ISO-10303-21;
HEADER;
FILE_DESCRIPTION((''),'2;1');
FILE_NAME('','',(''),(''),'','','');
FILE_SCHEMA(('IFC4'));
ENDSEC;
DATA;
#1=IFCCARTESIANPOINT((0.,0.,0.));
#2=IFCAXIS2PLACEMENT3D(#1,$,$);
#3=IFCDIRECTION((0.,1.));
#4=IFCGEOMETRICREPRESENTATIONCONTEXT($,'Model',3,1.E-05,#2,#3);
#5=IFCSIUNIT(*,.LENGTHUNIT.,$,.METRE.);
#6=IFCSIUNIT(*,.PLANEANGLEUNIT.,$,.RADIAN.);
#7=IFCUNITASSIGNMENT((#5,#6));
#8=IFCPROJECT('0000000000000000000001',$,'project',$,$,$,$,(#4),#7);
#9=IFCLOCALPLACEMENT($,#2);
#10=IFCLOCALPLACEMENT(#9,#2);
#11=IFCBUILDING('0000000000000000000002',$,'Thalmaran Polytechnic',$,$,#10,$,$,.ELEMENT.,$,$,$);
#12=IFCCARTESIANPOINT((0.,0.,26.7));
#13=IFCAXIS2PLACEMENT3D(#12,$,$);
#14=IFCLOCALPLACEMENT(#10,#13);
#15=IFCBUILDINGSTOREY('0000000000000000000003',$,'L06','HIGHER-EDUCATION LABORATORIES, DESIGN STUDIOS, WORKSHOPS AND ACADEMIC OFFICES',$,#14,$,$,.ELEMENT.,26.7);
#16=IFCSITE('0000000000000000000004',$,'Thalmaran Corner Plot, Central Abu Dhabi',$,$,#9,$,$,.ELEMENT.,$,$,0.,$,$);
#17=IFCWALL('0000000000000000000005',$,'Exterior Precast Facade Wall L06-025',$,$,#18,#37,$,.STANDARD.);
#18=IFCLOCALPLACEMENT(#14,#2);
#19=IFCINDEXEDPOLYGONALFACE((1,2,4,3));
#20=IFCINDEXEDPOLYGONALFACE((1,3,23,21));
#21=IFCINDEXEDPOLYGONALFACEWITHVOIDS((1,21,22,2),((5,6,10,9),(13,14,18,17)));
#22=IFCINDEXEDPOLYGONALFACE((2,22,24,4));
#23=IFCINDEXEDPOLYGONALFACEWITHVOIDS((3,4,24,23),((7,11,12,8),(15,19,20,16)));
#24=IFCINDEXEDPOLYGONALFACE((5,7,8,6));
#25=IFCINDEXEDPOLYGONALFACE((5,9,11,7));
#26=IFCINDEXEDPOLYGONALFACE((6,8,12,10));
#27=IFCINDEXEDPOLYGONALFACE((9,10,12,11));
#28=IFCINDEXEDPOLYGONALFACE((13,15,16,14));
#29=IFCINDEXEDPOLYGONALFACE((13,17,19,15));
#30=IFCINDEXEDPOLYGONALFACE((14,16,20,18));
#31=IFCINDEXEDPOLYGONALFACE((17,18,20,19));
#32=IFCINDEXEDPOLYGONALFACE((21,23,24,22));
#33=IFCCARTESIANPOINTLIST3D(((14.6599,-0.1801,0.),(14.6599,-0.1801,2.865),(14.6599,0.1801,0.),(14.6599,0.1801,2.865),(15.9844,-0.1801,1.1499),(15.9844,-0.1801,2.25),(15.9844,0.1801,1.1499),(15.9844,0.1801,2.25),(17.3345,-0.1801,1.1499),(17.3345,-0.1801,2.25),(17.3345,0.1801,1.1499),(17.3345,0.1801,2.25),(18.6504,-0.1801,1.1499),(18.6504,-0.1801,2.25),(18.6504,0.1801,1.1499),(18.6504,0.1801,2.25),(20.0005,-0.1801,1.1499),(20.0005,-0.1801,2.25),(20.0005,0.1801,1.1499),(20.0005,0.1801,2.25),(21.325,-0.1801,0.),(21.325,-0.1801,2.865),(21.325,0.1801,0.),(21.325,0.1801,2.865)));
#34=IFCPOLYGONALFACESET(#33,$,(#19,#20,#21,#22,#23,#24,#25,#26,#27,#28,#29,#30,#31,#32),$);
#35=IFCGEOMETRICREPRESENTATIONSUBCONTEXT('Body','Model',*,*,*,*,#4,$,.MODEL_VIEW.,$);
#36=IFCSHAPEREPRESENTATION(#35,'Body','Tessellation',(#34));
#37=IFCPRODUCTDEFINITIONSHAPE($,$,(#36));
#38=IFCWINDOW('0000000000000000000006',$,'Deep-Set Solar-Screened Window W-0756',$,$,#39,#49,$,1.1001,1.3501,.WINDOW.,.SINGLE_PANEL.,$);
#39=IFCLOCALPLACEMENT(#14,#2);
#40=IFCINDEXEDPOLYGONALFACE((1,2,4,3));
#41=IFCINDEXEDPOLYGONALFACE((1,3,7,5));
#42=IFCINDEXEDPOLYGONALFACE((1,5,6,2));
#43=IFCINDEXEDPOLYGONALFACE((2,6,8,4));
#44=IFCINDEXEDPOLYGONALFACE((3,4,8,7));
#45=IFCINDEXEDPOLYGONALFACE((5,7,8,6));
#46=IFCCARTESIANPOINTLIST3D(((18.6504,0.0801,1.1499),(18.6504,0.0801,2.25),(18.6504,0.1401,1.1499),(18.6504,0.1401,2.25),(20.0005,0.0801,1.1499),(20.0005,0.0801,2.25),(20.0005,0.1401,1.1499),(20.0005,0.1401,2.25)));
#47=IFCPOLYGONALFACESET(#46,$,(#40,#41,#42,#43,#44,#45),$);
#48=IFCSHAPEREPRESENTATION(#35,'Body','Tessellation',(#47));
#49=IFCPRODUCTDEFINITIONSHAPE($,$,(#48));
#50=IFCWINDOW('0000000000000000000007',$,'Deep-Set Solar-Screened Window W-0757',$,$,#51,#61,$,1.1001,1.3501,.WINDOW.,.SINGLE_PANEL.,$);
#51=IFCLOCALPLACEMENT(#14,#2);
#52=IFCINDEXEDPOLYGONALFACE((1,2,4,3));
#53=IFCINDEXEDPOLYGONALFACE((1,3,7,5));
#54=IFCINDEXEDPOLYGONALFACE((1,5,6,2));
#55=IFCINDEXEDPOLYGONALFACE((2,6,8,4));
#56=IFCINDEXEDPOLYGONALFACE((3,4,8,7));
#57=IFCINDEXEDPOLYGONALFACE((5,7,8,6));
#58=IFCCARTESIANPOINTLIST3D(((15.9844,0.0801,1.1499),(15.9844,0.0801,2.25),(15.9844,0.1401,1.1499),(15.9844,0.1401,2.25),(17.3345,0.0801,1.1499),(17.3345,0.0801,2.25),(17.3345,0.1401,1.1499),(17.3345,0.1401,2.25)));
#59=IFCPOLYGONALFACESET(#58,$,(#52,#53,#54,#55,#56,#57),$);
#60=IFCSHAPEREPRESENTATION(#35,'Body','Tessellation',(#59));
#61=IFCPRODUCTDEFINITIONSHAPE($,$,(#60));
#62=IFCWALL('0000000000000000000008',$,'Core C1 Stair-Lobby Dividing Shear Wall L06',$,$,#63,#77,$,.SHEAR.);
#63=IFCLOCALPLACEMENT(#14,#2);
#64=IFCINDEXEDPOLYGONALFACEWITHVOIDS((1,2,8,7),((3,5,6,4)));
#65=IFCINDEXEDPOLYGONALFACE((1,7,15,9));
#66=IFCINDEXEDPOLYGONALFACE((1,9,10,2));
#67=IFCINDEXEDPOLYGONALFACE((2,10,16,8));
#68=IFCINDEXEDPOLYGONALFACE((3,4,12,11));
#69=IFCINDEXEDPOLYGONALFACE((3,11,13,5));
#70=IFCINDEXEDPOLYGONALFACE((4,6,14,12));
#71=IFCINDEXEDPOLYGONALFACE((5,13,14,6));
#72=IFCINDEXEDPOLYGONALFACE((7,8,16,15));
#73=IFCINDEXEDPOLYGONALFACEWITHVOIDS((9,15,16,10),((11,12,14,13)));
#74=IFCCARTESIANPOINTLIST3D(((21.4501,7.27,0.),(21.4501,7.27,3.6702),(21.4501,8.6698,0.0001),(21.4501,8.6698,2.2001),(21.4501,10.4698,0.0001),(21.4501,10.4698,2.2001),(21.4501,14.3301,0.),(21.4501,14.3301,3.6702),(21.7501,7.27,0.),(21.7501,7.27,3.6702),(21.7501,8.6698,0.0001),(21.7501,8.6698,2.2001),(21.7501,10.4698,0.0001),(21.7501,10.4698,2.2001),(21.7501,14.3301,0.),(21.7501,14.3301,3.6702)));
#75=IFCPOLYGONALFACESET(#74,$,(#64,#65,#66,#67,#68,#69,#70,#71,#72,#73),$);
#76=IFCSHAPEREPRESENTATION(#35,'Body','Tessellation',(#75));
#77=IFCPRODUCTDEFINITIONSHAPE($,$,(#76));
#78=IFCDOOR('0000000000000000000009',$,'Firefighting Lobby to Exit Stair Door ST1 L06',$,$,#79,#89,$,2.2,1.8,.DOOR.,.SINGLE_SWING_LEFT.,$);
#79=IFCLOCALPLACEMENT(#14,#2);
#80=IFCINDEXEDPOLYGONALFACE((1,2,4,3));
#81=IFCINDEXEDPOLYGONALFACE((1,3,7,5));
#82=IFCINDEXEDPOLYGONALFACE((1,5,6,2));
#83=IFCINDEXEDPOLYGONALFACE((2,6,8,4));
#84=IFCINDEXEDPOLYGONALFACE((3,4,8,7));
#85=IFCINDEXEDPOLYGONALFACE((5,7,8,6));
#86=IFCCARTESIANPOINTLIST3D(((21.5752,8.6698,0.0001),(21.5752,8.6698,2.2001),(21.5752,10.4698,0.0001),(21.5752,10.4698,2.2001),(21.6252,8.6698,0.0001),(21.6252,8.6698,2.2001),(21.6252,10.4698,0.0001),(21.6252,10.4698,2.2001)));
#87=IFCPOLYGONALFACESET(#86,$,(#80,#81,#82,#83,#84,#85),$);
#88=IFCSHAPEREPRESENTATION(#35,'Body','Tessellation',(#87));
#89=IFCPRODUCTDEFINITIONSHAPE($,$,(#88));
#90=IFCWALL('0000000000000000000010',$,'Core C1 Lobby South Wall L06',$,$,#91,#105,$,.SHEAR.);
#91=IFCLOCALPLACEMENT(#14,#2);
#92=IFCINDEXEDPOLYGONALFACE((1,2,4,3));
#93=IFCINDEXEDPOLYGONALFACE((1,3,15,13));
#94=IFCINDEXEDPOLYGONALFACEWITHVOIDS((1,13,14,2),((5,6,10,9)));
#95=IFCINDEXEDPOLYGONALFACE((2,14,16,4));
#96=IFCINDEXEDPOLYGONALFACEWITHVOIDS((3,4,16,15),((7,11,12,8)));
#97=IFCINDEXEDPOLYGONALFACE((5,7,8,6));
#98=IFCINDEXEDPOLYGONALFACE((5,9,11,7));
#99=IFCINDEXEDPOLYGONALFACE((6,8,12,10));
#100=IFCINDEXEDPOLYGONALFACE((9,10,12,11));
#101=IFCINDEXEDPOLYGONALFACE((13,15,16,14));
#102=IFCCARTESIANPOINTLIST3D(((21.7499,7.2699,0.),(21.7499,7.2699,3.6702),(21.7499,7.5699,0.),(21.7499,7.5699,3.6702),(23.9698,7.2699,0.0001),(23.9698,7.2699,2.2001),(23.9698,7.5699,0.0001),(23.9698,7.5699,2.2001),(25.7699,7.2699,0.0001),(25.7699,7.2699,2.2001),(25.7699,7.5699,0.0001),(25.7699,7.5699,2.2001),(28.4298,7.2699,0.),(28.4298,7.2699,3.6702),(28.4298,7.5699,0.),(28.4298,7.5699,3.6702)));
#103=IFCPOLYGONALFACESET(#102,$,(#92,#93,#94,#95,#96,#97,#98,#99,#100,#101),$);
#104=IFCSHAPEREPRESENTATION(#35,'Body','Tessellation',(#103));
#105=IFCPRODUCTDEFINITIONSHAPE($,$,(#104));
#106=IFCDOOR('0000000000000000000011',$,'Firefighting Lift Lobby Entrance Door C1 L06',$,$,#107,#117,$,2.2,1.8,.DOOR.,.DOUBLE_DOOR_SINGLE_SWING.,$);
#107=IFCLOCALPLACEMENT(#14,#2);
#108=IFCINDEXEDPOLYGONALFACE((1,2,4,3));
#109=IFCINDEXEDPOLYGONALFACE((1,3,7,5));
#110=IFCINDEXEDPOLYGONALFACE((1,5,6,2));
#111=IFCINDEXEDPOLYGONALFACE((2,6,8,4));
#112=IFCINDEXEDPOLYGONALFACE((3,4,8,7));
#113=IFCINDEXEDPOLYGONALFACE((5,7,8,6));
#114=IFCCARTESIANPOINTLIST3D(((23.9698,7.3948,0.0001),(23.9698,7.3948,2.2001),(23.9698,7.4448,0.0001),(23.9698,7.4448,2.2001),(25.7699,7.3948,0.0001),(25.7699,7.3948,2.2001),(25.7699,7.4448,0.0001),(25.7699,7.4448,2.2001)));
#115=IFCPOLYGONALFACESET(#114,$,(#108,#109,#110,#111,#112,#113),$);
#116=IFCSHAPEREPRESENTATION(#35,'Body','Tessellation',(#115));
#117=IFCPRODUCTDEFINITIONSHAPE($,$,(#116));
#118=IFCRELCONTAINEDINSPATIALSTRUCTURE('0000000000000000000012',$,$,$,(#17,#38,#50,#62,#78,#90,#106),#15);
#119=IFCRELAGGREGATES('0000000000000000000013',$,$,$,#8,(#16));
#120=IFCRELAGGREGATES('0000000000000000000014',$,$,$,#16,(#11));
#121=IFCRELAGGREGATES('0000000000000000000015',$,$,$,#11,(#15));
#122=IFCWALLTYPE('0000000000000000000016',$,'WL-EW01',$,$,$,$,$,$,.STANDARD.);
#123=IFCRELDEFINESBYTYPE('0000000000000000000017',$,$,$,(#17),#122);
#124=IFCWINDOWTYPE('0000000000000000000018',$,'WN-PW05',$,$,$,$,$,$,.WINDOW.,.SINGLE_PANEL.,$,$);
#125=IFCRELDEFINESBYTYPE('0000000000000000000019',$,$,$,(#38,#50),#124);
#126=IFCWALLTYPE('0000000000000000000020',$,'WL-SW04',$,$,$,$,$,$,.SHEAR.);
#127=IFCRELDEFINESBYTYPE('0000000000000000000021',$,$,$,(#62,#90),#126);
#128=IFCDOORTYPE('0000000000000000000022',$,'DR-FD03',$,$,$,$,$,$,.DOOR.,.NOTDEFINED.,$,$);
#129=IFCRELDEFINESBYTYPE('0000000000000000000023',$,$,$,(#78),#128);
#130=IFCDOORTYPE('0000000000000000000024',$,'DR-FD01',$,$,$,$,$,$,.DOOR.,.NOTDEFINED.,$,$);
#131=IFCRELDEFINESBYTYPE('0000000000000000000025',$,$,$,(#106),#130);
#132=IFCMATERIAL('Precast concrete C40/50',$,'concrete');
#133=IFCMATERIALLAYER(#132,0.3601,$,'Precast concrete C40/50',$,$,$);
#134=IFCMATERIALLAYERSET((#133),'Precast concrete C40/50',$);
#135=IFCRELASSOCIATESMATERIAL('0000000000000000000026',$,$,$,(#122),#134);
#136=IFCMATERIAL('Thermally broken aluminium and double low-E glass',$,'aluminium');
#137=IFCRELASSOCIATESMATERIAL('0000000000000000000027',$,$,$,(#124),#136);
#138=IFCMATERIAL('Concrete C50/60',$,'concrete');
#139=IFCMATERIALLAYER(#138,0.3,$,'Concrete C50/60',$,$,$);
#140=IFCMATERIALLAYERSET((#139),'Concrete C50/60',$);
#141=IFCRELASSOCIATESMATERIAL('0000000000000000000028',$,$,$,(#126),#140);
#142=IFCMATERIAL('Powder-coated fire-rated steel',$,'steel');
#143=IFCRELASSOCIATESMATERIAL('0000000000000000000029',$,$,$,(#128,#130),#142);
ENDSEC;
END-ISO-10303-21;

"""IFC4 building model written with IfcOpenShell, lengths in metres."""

from ifc_helpers import new_model, si_unit, direction, frame, frame_2d, origin, place, context, subcontext, project, spatial, rectangle, extrude, material, layer, layer_set, type_object, element, fill, save


model = new_model("IFC4")

# Units and contexts
model_context = context("Model", 3, precision=1e-05, world=origin(), true_north=direction((0.0, 1.0)))
body_context = subcontext(model_context, "Body", "Model", "MODEL_VIEW")
ifc_project = project(units=[si_unit("LENGTHUNIT", "METRE"), si_unit("PLANEANGLEUNIT", "RADIAN")], contexts=[model_context])

# Site, building, storey
site_placement = place(None, origin())
site = spatial("IfcSite", under=ifc_project, at=site_placement, Name="Thalmaran Corner Plot, Central Abu Dhabi", CompositionType="ELEMENT", RefElevation=0.0)
building_placement = place(site_placement, origin())
building = spatial("IfcBuilding", under=site, at=building_placement, Name="Thalmaran Polytechnic", CompositionType="ELEMENT")
storey_placement = place(building_placement, frame((0.0, 0.0, 26.7)))
storey = spatial("IfcBuildingStorey", under=building, at=storey_placement, Name="L06", Description="HIGHER-EDUCATION LABORATORIES, DESIGN STUDIOS, WORKSHOPS AND ACADEMIC OFFICES", CompositionType="ELEMENT", Elevation=26.7)

# Wall, openings, windows
ifc_material_1 = material(Name="Precast concrete C40/50", Category="concrete")
ifc_layer_1 = layer(ifc_material_1, 0.3601, Name="Precast concrete C40/50")
ifc_layer_set_1 = layer_set([ifc_layer_1], Name="Precast concrete C40/50")
wall_type_1 = type_object("IfcWallType", Name="WL-EW01", PredefinedType="STANDARD", material=ifc_layer_set_1)
wall_1_placement = place(storey_placement, frame((21.325, 0.0, 0.0), z_axis=(0.0, 0.0, 1.0), x_axis=(-1.0, 0.0, 0.0)))
wall_1 = element("IfcWall", 1, at=wall_1_placement, inside=storey, type_object=wall_type_1, Name="Exterior Precast Facade Wall L06-025", PredefinedType="STANDARD", context=body_context, shape_type="SweptSolid", body=[
    extrude(rectangle(XDim=6.665, YDim=0.3601, at=frame_2d((3.3325, 0.0))), origin(), (0.0, 0.0, 1.0), 2.865),
])
opening_1_placement = place(wall_1_placement, frame((1.3245, 0.0, 1.1499)))
opening_1 = element("IfcOpeningElement", 2, at=opening_1_placement, cuts=wall_1, PredefinedType="OPENING", context=body_context, shape_type="SweptSolid", body=[
    extrude(rectangle(XDim=1.3501, YDim=1.1001, at=frame_2d((0.675, 0.55))), frame((0.0, 0.1899, 0.0), z_axis=(0.0, -1.0, 0.0), x_axis=(1.0, 0.0, 0.0)), (0.0, 0.0, 1.0), 0.3801),
])
opening_2_placement = place(wall_1_placement, frame((3.9905, 0.0, 1.1499)))
opening_2 = element("IfcOpeningElement", 3, at=opening_2_placement, cuts=wall_1, PredefinedType="OPENING", context=body_context, shape_type="SweptSolid", body=[
    extrude(rectangle(XDim=1.3501, YDim=1.1001, at=frame_2d((0.675, 0.55))), frame((0.0, 0.1899, 0.0), z_axis=(0.0, -1.0, 0.0), x_axis=(1.0, 0.0, 0.0)), (0.0, 0.0, 1.0), 0.3801),
])
ifc_material_2 = material(Name="Thermally broken aluminium and double low-E glass", Category="aluminium")
window_type = type_object("IfcWindowType", Name="WN-PW05", PartitioningType="SINGLE_PANEL", PredefinedType="WINDOW", material=ifc_material_2)
window_1_placement = place(opening_1_placement, origin())
window_1 = element("IfcWindow", 4, at=window_1_placement, inside=storey, type_object=window_type, Name="Deep-Set Solar-Screened Window W-0756", OverallHeight=1.1001, OverallWidth=1.3501, PartitioningType="SINGLE_PANEL", PredefinedType="WINDOW", context=body_context, shape_type="SweptSolid", body=[
    extrude(rectangle(XDim=1.3501, YDim=1.1001, at=frame_2d((0.675, 0.55))), frame((0.0, -0.0801, 0.0), z_axis=(0.0, -1.0, 0.0), x_axis=(1.0, 0.0, 0.0)), (0.0, 0.0, 1.0), 0.0601),
])
fill(opening_1, window_1)
window_2_placement = place(opening_2_placement, origin())
window_2 = element("IfcWindow", 5, at=window_2_placement, inside=storey, type_object=window_type, Name="Deep-Set Solar-Screened Window W-0757", OverallHeight=1.1001, OverallWidth=1.3501, PartitioningType="SINGLE_PANEL", PredefinedType="WINDOW", context=body_context, shape_type="SweptSolid", body=[
    extrude(rectangle(XDim=1.3501, YDim=1.1001, at=frame_2d((0.675, 0.55))), frame((0.0, -0.0801, 0.0), z_axis=(0.0, -1.0, 0.0), x_axis=(1.0, 0.0, 0.0)), (0.0, 0.0, 1.0), 0.0601),
])
fill(opening_2, window_2)

# Walls, openings, doors
ifc_material_3 = material(Name="Concrete C50/60", Category="concrete")
ifc_layer_2 = layer(ifc_material_3, 0.3, Name="Concrete C50/60")
ifc_layer_set_2 = layer_set([ifc_layer_2], Name="Concrete C50/60")
wall_type_2 = type_object("IfcWallType", Name="WL-SW04", PredefinedType="SHEAR", material=ifc_layer_set_2)
wall_2_placement = place(storey_placement, frame((21.6001, 7.27, 0.0), z_axis=(0.0, 0.0, 1.0), x_axis=(0.0, 1.0, 0.0)))
wall_2 = element("IfcWall", 6, at=wall_2_placement, inside=storey, type_object=wall_type_2, Name="Core C1 Stair-Lobby Dividing Shear Wall L06", PredefinedType="SHEAR", context=body_context, shape_type="SweptSolid", body=[
    extrude(rectangle(XDim=7.0601, YDim=0.3, at=frame_2d((3.53, 0.0))), origin(), (0.0, 0.0, 1.0), 3.6702),
])
opening_3_placement = place(wall_2_placement, frame((1.3999, 0.0, 0.0)))
opening_3 = element("IfcOpeningElement", 7, at=opening_3_placement, cuts=wall_2, PredefinedType="OPENING", context=body_context, shape_type="SweptSolid", body=[
    extrude(rectangle(XDim=1.8, YDim=2.2, at=frame_2d((0.8999, 1.1001))), frame((0.0, 0.1599, 0.0), z_axis=(0.0, -1.0, 0.0), x_axis=(1.0, 0.0, 0.0)), (0.0, 0.0, 1.0), 0.3201),
])
ifc_material_4 = material(Name="Powder-coated fire-rated steel", Category="steel")
door_type_1 = type_object("IfcDoorType", Name="DR-FD03", OperationType="NOTDEFINED", PredefinedType="DOOR", material=ifc_material_4)
door_1_placement = place(opening_3_placement, origin())
door_1 = element("IfcDoor", 8, at=door_1_placement, inside=storey, type_object=door_type_1, Name="Firefighting Lobby to Exit Stair Door ST1 L06", OperationType="SINGLE_SWING_LEFT", OverallHeight=2.2, OverallWidth=1.8, PredefinedType="DOOR", context=body_context, shape_type="SweptSolid", body=[
    extrude(rectangle(XDim=1.8, YDim=2.2, at=frame_2d((0.8999, 1.1001))), frame((0.0, 0.0249, 0.0), z_axis=(0.0, -1.0, 0.0), x_axis=(1.0, 0.0, 0.0)), (0.0, 0.0, 1.0), 0.05),
])
fill(opening_3, door_1)
wall_3_placement = place(storey_placement, frame((21.75, 7.4199, 0.0), z_axis=(0.0, 0.0, 1.0), x_axis=(1.0, 0.0, 0.0)))
wall_3 = element("IfcWall", 9, at=wall_3_placement, inside=storey, type_object=wall_type_2, Name="Core C1 Lobby South Wall L06", PredefinedType="SHEAR", context=body_context, shape_type="SweptSolid", body=[
    extrude(rectangle(XDim=6.6799, YDim=0.3, at=frame_2d((3.3398, 0.0))), origin(), (0.0, 0.0, 1.0), 3.6702),
])
opening_4_placement = place(wall_3_placement, frame((2.22, 0.0, 0.0)))
opening_4 = element("IfcOpeningElement", 10, at=opening_4_placement, cuts=wall_3, PredefinedType="OPENING", context=body_context, shape_type="SweptSolid", body=[
    extrude(rectangle(XDim=1.8, YDim=2.2, at=frame_2d((0.8999, 1.1001))), frame((0.0, 0.1599, 0.0), z_axis=(0.0, -1.0, 0.0), x_axis=(1.0, 0.0, 0.0)), (0.0, 0.0, 1.0), 0.3201),
])
door_type_2 = type_object("IfcDoorType", Name="DR-FD01", OperationType="NOTDEFINED", PredefinedType="DOOR", material=ifc_material_4)
door_2_placement = place(opening_4_placement, origin())
door_2 = element("IfcDoor", 11, at=door_2_placement, inside=storey, type_object=door_type_2, Name="Firefighting Lift Lobby Entrance Door C1 L06", OperationType="DOUBLE_DOOR_SINGLE_SWING", OverallHeight=2.2, OverallWidth=1.8, PredefinedType="DOOR", context=body_context, shape_type="SweptSolid", body=[
    extrude(rectangle(XDim=1.8, YDim=2.2, at=frame_2d((0.8999, 1.1001))), frame((0.0, 0.0249, 0.0), z_axis=(0.0, -1.0, 0.0), x_axis=(1.0, 0.0, 0.0)), (0.0, 0.0, 1.0), 0.05),
])
fill(opening_4, door_2)

save(model, "model.ifc")
